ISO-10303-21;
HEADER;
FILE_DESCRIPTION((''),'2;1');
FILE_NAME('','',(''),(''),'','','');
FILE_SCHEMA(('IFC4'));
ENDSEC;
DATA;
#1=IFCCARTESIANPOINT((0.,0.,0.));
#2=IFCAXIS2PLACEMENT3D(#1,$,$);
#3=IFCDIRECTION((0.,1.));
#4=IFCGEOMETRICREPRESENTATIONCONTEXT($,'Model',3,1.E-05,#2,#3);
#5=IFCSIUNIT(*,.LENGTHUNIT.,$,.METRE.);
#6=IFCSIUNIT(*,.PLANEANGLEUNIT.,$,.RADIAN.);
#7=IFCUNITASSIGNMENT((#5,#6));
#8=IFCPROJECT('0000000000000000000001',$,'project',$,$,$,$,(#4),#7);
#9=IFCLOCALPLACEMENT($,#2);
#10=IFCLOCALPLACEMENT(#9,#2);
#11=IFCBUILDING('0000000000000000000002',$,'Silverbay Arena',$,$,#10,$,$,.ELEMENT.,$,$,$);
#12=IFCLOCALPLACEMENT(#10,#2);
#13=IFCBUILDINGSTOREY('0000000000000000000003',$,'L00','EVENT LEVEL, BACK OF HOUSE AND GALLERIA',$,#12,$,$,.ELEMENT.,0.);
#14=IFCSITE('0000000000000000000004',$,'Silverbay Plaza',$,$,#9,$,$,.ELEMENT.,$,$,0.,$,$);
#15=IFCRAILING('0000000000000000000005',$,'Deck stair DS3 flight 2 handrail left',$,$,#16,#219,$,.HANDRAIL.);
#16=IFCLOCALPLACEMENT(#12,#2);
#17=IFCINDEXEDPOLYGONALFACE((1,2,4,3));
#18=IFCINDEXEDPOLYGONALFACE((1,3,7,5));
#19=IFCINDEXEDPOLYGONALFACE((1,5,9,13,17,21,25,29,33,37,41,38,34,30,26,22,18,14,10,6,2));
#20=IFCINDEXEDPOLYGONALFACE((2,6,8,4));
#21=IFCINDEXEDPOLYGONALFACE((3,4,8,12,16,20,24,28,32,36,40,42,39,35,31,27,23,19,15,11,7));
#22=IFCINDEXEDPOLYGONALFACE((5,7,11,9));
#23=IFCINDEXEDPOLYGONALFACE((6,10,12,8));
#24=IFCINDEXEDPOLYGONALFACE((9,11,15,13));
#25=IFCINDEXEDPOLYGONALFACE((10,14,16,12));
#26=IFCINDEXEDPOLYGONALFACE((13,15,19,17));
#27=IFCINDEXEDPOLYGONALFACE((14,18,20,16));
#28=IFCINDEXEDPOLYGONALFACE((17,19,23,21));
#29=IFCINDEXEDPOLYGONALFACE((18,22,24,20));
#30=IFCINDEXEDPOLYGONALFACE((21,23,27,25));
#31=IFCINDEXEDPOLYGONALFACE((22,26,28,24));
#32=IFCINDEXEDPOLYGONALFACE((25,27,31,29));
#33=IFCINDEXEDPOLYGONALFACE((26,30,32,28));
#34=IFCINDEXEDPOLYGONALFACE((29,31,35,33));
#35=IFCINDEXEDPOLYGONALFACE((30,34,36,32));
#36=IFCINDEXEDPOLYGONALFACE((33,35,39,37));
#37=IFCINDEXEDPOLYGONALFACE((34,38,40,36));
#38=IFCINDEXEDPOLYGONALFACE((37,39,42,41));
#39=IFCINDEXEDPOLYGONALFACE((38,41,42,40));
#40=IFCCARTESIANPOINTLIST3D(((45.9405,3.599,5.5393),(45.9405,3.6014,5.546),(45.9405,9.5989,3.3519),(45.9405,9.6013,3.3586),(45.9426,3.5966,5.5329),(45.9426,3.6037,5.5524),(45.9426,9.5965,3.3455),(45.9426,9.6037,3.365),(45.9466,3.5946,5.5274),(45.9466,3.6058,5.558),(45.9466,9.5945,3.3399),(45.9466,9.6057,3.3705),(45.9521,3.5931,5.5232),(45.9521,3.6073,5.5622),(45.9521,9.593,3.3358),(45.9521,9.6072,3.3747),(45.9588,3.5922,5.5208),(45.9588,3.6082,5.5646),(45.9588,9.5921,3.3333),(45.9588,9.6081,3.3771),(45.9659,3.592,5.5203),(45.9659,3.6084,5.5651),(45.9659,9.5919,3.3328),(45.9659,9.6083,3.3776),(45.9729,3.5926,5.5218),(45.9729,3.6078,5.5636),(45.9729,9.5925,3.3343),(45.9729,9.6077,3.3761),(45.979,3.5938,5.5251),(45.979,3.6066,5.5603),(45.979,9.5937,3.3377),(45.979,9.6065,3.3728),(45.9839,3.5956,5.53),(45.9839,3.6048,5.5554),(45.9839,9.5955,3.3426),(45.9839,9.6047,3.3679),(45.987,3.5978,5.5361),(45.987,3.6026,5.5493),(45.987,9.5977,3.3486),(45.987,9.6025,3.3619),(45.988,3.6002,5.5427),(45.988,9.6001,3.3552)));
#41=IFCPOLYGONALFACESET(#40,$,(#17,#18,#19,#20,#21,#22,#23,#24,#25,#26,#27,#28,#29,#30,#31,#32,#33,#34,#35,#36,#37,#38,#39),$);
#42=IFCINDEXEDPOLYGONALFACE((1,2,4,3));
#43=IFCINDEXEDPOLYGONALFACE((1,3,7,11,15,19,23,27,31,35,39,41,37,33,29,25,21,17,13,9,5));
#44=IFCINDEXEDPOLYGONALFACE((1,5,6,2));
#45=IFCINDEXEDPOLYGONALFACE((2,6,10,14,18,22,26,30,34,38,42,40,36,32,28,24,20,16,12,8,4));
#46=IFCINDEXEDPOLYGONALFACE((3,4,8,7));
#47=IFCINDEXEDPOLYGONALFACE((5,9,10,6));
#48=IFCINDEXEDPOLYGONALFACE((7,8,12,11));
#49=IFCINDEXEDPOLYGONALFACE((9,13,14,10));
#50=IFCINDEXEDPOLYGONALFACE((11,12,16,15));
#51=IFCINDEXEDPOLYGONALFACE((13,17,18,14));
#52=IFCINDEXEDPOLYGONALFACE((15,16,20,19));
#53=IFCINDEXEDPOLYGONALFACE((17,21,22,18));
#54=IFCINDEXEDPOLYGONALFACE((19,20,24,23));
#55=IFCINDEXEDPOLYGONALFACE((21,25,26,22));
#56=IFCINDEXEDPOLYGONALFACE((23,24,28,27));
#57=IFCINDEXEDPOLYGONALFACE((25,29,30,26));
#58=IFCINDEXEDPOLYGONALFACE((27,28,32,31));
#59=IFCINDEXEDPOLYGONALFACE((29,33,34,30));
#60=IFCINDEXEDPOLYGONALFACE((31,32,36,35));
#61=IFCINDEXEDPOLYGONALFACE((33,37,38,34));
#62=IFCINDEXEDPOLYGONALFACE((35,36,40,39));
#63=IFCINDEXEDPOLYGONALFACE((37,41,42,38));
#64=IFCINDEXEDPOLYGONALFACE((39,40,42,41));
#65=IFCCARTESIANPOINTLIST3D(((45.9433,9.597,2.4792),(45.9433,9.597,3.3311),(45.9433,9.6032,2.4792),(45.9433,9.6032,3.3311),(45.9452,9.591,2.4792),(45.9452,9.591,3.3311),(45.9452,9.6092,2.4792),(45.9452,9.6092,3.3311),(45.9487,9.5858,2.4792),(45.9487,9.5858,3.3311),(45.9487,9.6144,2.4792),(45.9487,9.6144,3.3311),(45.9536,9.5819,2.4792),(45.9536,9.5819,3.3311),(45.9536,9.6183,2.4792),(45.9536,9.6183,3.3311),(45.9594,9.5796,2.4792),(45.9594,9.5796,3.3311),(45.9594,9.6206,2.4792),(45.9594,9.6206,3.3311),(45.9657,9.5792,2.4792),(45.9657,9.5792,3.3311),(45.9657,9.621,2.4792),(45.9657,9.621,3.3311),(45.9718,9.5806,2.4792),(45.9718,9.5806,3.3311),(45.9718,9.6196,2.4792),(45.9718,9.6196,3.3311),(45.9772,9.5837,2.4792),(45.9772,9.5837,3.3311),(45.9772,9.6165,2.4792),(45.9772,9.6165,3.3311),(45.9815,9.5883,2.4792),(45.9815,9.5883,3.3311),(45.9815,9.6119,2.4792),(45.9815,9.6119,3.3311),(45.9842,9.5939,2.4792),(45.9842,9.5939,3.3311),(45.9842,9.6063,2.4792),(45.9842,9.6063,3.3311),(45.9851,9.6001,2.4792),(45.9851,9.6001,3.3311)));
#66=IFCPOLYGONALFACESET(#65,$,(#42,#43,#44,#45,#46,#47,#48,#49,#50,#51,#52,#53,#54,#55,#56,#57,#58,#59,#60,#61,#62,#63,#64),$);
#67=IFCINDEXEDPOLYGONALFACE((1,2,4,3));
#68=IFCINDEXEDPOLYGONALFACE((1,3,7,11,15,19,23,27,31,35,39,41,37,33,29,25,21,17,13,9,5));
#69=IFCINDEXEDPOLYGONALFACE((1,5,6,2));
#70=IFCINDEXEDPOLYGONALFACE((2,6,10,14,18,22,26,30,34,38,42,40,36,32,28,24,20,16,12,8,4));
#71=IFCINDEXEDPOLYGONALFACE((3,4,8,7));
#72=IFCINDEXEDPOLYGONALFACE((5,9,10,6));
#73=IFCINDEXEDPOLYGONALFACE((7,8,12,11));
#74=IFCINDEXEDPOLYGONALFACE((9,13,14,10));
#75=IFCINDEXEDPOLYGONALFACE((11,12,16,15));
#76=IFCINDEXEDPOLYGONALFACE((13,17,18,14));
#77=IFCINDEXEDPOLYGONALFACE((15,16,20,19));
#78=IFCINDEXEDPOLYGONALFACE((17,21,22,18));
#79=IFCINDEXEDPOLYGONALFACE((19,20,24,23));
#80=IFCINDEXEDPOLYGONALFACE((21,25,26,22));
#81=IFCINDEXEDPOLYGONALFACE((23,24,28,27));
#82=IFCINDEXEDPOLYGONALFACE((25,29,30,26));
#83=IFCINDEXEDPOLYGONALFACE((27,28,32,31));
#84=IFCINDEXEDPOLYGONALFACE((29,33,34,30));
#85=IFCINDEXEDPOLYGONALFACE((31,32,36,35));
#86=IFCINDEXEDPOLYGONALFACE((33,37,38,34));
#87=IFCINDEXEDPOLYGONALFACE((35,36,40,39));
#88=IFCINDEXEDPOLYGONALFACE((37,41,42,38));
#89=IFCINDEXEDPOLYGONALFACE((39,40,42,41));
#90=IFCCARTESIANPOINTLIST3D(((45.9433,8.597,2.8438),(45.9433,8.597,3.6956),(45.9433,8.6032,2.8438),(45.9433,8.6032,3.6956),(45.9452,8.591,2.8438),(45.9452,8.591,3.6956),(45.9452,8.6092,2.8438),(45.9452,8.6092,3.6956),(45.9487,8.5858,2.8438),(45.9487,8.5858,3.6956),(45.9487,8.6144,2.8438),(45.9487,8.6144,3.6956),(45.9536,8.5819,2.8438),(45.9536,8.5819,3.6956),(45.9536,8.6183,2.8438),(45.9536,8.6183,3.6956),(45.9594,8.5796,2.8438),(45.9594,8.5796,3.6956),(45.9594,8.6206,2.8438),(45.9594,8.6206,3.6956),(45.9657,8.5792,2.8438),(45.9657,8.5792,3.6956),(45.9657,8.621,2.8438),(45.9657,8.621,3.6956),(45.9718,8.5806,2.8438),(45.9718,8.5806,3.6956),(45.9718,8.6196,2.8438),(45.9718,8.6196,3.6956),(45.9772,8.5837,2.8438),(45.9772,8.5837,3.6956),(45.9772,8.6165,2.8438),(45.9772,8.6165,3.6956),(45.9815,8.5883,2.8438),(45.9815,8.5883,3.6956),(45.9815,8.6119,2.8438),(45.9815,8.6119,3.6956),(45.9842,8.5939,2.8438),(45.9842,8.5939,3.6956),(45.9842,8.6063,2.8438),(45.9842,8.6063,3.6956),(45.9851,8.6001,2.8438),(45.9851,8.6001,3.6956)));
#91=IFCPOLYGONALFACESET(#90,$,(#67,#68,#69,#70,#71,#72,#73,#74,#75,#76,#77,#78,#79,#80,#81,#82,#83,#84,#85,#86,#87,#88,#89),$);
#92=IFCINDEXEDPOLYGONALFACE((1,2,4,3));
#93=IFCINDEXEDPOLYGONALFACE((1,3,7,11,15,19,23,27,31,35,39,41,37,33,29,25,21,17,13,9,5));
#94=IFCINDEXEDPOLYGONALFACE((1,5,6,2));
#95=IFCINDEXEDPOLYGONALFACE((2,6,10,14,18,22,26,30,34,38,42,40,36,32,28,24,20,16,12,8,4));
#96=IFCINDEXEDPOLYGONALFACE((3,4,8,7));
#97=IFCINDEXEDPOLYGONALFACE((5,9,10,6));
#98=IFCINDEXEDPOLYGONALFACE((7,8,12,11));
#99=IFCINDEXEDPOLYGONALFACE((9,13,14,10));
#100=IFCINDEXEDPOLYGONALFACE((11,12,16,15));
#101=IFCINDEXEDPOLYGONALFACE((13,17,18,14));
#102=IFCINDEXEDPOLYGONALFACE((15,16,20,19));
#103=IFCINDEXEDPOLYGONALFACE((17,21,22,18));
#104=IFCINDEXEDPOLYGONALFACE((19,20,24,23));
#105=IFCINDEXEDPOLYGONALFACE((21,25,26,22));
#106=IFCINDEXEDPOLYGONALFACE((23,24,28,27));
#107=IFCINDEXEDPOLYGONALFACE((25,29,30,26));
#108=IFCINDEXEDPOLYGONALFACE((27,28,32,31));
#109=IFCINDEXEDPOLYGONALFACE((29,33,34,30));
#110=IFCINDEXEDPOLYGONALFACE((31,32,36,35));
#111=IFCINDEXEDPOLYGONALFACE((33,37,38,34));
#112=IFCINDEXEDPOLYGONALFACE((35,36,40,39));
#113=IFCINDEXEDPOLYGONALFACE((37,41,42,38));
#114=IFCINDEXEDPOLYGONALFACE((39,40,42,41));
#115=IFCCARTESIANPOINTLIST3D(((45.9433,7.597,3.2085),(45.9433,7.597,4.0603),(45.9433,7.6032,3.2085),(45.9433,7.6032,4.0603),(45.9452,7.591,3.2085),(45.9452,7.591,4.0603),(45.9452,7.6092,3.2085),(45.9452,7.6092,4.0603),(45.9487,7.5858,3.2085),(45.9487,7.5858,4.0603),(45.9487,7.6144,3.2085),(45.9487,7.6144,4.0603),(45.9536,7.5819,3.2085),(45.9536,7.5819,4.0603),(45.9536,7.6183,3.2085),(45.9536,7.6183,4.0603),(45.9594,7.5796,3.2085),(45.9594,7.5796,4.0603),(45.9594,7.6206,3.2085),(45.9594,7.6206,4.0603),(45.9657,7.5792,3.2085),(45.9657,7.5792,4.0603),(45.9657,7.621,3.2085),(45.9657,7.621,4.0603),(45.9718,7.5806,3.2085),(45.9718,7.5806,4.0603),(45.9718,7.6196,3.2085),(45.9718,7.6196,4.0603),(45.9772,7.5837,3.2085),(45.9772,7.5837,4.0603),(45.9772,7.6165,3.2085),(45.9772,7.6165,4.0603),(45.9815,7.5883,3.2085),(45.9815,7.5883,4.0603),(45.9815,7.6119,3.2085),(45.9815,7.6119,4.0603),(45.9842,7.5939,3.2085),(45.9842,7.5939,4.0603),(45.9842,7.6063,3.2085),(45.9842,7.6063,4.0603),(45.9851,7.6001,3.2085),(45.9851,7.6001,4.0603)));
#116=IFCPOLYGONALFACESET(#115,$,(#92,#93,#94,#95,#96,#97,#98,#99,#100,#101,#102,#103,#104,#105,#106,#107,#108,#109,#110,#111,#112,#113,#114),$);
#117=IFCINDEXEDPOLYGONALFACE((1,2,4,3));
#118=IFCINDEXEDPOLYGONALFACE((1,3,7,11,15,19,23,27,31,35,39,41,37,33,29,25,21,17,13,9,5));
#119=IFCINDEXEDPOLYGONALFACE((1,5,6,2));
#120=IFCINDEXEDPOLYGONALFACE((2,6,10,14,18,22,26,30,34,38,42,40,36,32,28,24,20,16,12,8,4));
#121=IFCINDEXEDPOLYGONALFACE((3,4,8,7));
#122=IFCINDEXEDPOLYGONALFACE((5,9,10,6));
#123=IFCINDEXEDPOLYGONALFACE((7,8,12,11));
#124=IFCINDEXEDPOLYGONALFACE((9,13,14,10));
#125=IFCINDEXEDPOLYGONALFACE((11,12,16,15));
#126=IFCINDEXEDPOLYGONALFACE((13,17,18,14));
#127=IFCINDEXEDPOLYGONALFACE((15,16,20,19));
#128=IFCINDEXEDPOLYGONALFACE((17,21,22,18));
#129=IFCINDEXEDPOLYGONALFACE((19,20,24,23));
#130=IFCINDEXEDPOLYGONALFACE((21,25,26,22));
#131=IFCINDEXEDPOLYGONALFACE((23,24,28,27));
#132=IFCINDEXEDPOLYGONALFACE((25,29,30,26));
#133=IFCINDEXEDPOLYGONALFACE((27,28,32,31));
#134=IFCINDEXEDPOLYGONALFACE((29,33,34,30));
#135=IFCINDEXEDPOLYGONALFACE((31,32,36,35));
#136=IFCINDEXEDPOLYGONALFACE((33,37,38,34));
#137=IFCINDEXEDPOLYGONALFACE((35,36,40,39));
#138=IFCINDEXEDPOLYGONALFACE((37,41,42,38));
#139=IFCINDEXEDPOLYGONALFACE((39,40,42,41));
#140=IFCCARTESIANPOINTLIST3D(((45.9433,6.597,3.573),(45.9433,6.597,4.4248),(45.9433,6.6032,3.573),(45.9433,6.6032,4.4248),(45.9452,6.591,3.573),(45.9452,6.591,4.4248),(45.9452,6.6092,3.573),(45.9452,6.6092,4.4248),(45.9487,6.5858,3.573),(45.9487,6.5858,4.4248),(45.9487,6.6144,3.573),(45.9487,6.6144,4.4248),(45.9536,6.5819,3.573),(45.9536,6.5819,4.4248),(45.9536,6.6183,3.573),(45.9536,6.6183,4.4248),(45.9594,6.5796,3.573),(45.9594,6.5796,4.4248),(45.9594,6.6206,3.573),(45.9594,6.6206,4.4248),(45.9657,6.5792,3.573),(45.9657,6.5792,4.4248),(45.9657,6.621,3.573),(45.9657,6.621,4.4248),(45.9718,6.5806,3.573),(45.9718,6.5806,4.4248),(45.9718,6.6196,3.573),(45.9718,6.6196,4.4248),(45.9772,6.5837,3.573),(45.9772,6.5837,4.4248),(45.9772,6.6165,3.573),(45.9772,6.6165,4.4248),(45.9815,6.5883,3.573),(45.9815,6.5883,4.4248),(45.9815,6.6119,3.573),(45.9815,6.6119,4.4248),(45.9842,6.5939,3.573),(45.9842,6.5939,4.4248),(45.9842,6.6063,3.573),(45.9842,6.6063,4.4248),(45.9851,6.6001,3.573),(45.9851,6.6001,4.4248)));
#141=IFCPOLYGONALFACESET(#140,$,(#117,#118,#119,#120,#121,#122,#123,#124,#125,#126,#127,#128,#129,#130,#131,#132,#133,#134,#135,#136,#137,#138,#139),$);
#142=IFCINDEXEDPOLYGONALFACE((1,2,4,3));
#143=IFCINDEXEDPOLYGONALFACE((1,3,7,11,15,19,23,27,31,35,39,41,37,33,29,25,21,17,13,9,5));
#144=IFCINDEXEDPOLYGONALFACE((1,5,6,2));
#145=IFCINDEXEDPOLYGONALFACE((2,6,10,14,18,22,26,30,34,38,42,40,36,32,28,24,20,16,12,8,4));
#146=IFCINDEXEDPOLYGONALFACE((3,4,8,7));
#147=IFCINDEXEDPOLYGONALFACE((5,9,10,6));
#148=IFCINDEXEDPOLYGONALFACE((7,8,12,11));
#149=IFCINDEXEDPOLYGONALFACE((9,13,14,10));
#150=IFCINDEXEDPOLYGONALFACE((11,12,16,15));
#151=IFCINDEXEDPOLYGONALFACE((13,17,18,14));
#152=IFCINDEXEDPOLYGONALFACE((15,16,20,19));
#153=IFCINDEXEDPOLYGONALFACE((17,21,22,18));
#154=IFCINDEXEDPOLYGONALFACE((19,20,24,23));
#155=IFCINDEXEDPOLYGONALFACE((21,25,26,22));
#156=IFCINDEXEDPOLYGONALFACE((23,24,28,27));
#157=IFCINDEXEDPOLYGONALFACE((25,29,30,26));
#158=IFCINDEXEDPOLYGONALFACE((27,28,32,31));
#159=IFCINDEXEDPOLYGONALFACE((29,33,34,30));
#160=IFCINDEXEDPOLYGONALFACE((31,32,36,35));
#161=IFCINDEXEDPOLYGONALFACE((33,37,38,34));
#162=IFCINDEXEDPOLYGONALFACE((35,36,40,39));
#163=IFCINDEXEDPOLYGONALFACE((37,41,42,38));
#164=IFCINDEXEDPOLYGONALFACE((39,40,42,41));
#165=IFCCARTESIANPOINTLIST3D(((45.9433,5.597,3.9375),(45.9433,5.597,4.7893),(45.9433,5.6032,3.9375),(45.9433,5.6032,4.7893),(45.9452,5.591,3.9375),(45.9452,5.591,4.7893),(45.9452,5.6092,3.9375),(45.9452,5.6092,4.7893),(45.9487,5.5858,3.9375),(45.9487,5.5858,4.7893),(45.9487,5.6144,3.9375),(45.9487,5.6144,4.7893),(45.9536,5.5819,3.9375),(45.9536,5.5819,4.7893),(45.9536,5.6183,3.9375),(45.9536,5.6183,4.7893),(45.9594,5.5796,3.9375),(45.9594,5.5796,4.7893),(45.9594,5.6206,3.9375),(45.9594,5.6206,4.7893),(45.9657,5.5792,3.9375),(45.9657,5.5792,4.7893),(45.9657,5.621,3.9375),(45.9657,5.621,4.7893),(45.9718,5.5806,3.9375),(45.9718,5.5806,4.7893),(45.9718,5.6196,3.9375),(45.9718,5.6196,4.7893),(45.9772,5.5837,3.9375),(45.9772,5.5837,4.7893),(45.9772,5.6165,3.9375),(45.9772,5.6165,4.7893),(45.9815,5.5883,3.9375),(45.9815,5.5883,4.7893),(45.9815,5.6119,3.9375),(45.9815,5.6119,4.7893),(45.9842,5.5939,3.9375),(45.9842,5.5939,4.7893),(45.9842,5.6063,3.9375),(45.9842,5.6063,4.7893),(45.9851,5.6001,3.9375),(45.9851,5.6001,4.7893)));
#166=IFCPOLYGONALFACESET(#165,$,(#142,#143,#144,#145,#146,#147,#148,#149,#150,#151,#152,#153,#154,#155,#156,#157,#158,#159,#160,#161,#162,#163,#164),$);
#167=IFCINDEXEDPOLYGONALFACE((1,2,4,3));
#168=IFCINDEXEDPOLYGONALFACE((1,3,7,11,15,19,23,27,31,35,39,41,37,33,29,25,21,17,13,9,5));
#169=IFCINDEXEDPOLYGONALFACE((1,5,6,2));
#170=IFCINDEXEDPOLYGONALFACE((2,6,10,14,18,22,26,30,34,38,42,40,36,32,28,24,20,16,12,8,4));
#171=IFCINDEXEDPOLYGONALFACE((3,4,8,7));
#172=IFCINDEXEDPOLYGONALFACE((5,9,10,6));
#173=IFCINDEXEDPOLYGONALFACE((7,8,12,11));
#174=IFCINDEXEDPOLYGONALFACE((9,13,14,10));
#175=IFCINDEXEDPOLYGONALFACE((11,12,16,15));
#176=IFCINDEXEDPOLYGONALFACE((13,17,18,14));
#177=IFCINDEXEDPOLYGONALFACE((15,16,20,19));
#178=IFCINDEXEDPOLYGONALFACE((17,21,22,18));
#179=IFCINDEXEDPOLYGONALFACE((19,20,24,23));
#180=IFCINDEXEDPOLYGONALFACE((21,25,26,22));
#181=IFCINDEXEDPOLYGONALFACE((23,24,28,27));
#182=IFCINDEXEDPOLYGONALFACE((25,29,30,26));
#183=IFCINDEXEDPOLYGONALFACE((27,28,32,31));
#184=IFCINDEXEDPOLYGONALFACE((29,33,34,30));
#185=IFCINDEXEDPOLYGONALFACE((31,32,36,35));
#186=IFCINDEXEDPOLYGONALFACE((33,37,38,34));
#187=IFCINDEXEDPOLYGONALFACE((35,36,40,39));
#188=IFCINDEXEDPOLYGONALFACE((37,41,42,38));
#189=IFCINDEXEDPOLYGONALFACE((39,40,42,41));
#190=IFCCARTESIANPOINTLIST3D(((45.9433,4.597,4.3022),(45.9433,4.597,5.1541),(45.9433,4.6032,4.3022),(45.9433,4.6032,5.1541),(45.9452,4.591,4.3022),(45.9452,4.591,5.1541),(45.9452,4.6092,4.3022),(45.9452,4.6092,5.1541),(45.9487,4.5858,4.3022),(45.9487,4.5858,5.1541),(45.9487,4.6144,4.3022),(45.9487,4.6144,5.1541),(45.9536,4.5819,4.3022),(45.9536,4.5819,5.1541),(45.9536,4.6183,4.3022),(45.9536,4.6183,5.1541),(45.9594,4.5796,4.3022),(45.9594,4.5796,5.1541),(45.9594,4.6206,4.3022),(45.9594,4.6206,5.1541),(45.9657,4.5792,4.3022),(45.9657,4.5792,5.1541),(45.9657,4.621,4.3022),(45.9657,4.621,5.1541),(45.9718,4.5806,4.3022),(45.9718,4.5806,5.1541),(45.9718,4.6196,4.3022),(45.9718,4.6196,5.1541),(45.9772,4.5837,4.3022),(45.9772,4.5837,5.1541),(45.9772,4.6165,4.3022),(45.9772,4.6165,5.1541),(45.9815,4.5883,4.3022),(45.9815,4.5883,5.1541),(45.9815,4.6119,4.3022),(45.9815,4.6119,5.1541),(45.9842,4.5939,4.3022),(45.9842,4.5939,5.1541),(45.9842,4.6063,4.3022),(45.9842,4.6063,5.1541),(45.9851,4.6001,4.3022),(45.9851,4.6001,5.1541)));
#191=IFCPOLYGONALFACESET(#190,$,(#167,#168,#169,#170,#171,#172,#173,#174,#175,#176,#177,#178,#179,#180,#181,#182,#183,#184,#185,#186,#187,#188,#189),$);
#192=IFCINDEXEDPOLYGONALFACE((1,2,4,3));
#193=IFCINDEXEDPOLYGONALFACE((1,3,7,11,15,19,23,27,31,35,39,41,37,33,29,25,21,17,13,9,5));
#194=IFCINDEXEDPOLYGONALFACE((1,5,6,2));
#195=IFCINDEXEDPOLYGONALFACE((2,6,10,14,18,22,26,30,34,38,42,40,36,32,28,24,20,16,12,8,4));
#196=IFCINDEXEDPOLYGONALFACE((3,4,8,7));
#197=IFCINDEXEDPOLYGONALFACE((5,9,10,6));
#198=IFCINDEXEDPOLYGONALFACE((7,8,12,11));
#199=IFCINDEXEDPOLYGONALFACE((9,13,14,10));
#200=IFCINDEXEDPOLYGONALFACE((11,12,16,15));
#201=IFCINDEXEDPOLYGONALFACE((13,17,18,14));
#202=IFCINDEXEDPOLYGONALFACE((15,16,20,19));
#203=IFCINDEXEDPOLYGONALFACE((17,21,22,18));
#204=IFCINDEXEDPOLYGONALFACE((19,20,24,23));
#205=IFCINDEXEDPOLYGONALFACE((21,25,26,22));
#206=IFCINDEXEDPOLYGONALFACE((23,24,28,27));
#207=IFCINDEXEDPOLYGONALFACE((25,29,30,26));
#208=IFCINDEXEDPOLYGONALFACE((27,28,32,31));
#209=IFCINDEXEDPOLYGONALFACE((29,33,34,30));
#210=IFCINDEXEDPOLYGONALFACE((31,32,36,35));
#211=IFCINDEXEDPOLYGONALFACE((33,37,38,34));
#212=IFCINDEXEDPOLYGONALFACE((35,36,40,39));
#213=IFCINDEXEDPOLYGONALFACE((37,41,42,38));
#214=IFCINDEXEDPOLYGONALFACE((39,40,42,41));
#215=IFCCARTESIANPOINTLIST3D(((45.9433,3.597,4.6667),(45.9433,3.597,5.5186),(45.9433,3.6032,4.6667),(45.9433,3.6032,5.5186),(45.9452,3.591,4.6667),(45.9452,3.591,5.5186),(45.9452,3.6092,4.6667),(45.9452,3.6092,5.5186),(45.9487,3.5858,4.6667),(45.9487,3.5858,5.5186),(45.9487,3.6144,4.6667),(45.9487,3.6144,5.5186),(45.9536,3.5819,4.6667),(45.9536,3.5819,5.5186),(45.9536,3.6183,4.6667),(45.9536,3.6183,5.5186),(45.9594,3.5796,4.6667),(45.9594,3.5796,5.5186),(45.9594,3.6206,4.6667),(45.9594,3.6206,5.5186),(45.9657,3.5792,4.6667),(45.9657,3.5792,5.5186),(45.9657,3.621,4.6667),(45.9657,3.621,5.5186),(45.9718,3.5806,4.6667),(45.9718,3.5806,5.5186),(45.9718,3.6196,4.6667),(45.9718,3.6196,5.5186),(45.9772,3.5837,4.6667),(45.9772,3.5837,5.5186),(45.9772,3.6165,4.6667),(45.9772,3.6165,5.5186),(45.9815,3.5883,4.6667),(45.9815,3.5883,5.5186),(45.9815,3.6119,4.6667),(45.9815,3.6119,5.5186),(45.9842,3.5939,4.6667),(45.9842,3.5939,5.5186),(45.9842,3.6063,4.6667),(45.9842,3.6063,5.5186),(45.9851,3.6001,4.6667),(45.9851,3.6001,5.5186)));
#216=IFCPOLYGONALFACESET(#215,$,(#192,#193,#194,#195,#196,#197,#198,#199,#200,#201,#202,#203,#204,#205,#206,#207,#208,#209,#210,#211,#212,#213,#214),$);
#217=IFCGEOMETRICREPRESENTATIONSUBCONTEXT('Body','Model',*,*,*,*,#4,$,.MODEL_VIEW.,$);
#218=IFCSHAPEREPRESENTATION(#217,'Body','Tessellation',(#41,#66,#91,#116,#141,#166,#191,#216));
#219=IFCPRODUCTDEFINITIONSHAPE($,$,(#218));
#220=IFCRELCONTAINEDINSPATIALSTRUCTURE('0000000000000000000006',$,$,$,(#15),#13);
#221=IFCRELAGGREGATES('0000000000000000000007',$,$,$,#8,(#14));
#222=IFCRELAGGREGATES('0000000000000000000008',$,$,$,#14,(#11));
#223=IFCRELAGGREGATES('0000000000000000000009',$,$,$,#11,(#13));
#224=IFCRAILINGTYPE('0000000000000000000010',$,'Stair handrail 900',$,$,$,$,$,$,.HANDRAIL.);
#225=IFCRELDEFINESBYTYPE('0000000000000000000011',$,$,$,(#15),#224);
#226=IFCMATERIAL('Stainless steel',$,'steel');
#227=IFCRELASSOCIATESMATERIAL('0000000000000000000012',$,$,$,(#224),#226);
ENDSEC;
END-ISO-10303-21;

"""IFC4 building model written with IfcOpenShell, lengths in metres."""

from ifc_helpers import new_model, si_unit, direction, frame, origin, origin_2d, place, context, subcontext, project, spatial, circle, extrude, material, type_object, element, save


model = new_model("IFC4")

# Units and contexts
model_context = context("Model", 3, precision=1e-05, world=origin(), true_north=direction((0.0, 1.0)))
body_context = subcontext(model_context, "Body", "Model", "MODEL_VIEW")
ifc_project = project(units=[si_unit("LENGTHUNIT", "METRE"), si_unit("PLANEANGLEUNIT", "RADIAN")], contexts=[model_context])

# Site, building, storey
site_placement = place(None, origin())
site = spatial("IfcSite", under=ifc_project, at=site_placement, Name="Silverbay Plaza", CompositionType="ELEMENT", RefElevation=0.0)
building_placement = place(site_placement, origin())
building = spatial("IfcBuilding", under=site, at=building_placement, Name="Silverbay Arena", CompositionType="ELEMENT")
storey_placement = place(building_placement, origin())
storey = spatial("IfcBuildingStorey", under=building, at=storey_placement, Name="L00", Description="EVENT LEVEL, BACK OF HOUSE AND GALLERIA", CompositionType="ELEMENT", Elevation=0.0)

# Railing
ifc_material_1 = material(Name="Stainless steel", Category="steel")
railing_type_1 = type_object("IfcRailingType", Name="Stair handrail 900", PredefinedType="HANDRAIL", material=ifc_material_1)
for number, where, name in (
    (1, (45.9641, 9.6001, 2.4792), "Deck stair DS3 flight 2 handrail left"),
):
    element("IfcRailing", number, at=place(storey_placement, frame(where)), inside=storey, type_object=railing_type_1, Name=name, PredefinedType="HANDRAIL", context=body_context, shape_type="SweptSolid", body=[
        extrude(circle(Radius=0.0239, at=origin_2d()), frame((0.0, 0.0, 0.876), z_axis=(0.0, -0.939507, 0.342529), x_axis=(1.0, 0.0, 0.0)), (0.0, 0.0, 1.0), 6.3862),
        extrude(circle(Radius=0.021, at=origin_2d()), origin(), (0.0, 0.0, 1.0), 0.8518),
        extrude(circle(Radius=0.021, at=origin_2d()), frame((0.0, -1.0, 0.3645)), (0.0, 0.0, 1.0), 0.8518),
        extrude(circle(Radius=0.021, at=origin_2d()), frame((0.0, -2.0, 0.7292)), (0.0, 0.0, 1.0), 0.8518),
        extrude(circle(Radius=0.021, at=origin_2d()), frame((0.0, -3.0, 1.0938)), (0.0, 0.0, 1.0), 0.8518),
        extrude(circle(Radius=0.021, at=origin_2d()), frame((0.0, -4.0, 1.4583)), (0.0, 0.0, 1.0), 0.8518),
        extrude(circle(Radius=0.021, at=origin_2d()), frame((0.0, -5.0, 1.823)), (0.0, 0.0, 1.0), 0.8518),
        extrude(circle(Radius=0.021, at=origin_2d()), frame((0.0, -6.0, 2.1875)), (0.0, 0.0, 1.0), 0.8518),
    ])

save(model, "model.ifc")
